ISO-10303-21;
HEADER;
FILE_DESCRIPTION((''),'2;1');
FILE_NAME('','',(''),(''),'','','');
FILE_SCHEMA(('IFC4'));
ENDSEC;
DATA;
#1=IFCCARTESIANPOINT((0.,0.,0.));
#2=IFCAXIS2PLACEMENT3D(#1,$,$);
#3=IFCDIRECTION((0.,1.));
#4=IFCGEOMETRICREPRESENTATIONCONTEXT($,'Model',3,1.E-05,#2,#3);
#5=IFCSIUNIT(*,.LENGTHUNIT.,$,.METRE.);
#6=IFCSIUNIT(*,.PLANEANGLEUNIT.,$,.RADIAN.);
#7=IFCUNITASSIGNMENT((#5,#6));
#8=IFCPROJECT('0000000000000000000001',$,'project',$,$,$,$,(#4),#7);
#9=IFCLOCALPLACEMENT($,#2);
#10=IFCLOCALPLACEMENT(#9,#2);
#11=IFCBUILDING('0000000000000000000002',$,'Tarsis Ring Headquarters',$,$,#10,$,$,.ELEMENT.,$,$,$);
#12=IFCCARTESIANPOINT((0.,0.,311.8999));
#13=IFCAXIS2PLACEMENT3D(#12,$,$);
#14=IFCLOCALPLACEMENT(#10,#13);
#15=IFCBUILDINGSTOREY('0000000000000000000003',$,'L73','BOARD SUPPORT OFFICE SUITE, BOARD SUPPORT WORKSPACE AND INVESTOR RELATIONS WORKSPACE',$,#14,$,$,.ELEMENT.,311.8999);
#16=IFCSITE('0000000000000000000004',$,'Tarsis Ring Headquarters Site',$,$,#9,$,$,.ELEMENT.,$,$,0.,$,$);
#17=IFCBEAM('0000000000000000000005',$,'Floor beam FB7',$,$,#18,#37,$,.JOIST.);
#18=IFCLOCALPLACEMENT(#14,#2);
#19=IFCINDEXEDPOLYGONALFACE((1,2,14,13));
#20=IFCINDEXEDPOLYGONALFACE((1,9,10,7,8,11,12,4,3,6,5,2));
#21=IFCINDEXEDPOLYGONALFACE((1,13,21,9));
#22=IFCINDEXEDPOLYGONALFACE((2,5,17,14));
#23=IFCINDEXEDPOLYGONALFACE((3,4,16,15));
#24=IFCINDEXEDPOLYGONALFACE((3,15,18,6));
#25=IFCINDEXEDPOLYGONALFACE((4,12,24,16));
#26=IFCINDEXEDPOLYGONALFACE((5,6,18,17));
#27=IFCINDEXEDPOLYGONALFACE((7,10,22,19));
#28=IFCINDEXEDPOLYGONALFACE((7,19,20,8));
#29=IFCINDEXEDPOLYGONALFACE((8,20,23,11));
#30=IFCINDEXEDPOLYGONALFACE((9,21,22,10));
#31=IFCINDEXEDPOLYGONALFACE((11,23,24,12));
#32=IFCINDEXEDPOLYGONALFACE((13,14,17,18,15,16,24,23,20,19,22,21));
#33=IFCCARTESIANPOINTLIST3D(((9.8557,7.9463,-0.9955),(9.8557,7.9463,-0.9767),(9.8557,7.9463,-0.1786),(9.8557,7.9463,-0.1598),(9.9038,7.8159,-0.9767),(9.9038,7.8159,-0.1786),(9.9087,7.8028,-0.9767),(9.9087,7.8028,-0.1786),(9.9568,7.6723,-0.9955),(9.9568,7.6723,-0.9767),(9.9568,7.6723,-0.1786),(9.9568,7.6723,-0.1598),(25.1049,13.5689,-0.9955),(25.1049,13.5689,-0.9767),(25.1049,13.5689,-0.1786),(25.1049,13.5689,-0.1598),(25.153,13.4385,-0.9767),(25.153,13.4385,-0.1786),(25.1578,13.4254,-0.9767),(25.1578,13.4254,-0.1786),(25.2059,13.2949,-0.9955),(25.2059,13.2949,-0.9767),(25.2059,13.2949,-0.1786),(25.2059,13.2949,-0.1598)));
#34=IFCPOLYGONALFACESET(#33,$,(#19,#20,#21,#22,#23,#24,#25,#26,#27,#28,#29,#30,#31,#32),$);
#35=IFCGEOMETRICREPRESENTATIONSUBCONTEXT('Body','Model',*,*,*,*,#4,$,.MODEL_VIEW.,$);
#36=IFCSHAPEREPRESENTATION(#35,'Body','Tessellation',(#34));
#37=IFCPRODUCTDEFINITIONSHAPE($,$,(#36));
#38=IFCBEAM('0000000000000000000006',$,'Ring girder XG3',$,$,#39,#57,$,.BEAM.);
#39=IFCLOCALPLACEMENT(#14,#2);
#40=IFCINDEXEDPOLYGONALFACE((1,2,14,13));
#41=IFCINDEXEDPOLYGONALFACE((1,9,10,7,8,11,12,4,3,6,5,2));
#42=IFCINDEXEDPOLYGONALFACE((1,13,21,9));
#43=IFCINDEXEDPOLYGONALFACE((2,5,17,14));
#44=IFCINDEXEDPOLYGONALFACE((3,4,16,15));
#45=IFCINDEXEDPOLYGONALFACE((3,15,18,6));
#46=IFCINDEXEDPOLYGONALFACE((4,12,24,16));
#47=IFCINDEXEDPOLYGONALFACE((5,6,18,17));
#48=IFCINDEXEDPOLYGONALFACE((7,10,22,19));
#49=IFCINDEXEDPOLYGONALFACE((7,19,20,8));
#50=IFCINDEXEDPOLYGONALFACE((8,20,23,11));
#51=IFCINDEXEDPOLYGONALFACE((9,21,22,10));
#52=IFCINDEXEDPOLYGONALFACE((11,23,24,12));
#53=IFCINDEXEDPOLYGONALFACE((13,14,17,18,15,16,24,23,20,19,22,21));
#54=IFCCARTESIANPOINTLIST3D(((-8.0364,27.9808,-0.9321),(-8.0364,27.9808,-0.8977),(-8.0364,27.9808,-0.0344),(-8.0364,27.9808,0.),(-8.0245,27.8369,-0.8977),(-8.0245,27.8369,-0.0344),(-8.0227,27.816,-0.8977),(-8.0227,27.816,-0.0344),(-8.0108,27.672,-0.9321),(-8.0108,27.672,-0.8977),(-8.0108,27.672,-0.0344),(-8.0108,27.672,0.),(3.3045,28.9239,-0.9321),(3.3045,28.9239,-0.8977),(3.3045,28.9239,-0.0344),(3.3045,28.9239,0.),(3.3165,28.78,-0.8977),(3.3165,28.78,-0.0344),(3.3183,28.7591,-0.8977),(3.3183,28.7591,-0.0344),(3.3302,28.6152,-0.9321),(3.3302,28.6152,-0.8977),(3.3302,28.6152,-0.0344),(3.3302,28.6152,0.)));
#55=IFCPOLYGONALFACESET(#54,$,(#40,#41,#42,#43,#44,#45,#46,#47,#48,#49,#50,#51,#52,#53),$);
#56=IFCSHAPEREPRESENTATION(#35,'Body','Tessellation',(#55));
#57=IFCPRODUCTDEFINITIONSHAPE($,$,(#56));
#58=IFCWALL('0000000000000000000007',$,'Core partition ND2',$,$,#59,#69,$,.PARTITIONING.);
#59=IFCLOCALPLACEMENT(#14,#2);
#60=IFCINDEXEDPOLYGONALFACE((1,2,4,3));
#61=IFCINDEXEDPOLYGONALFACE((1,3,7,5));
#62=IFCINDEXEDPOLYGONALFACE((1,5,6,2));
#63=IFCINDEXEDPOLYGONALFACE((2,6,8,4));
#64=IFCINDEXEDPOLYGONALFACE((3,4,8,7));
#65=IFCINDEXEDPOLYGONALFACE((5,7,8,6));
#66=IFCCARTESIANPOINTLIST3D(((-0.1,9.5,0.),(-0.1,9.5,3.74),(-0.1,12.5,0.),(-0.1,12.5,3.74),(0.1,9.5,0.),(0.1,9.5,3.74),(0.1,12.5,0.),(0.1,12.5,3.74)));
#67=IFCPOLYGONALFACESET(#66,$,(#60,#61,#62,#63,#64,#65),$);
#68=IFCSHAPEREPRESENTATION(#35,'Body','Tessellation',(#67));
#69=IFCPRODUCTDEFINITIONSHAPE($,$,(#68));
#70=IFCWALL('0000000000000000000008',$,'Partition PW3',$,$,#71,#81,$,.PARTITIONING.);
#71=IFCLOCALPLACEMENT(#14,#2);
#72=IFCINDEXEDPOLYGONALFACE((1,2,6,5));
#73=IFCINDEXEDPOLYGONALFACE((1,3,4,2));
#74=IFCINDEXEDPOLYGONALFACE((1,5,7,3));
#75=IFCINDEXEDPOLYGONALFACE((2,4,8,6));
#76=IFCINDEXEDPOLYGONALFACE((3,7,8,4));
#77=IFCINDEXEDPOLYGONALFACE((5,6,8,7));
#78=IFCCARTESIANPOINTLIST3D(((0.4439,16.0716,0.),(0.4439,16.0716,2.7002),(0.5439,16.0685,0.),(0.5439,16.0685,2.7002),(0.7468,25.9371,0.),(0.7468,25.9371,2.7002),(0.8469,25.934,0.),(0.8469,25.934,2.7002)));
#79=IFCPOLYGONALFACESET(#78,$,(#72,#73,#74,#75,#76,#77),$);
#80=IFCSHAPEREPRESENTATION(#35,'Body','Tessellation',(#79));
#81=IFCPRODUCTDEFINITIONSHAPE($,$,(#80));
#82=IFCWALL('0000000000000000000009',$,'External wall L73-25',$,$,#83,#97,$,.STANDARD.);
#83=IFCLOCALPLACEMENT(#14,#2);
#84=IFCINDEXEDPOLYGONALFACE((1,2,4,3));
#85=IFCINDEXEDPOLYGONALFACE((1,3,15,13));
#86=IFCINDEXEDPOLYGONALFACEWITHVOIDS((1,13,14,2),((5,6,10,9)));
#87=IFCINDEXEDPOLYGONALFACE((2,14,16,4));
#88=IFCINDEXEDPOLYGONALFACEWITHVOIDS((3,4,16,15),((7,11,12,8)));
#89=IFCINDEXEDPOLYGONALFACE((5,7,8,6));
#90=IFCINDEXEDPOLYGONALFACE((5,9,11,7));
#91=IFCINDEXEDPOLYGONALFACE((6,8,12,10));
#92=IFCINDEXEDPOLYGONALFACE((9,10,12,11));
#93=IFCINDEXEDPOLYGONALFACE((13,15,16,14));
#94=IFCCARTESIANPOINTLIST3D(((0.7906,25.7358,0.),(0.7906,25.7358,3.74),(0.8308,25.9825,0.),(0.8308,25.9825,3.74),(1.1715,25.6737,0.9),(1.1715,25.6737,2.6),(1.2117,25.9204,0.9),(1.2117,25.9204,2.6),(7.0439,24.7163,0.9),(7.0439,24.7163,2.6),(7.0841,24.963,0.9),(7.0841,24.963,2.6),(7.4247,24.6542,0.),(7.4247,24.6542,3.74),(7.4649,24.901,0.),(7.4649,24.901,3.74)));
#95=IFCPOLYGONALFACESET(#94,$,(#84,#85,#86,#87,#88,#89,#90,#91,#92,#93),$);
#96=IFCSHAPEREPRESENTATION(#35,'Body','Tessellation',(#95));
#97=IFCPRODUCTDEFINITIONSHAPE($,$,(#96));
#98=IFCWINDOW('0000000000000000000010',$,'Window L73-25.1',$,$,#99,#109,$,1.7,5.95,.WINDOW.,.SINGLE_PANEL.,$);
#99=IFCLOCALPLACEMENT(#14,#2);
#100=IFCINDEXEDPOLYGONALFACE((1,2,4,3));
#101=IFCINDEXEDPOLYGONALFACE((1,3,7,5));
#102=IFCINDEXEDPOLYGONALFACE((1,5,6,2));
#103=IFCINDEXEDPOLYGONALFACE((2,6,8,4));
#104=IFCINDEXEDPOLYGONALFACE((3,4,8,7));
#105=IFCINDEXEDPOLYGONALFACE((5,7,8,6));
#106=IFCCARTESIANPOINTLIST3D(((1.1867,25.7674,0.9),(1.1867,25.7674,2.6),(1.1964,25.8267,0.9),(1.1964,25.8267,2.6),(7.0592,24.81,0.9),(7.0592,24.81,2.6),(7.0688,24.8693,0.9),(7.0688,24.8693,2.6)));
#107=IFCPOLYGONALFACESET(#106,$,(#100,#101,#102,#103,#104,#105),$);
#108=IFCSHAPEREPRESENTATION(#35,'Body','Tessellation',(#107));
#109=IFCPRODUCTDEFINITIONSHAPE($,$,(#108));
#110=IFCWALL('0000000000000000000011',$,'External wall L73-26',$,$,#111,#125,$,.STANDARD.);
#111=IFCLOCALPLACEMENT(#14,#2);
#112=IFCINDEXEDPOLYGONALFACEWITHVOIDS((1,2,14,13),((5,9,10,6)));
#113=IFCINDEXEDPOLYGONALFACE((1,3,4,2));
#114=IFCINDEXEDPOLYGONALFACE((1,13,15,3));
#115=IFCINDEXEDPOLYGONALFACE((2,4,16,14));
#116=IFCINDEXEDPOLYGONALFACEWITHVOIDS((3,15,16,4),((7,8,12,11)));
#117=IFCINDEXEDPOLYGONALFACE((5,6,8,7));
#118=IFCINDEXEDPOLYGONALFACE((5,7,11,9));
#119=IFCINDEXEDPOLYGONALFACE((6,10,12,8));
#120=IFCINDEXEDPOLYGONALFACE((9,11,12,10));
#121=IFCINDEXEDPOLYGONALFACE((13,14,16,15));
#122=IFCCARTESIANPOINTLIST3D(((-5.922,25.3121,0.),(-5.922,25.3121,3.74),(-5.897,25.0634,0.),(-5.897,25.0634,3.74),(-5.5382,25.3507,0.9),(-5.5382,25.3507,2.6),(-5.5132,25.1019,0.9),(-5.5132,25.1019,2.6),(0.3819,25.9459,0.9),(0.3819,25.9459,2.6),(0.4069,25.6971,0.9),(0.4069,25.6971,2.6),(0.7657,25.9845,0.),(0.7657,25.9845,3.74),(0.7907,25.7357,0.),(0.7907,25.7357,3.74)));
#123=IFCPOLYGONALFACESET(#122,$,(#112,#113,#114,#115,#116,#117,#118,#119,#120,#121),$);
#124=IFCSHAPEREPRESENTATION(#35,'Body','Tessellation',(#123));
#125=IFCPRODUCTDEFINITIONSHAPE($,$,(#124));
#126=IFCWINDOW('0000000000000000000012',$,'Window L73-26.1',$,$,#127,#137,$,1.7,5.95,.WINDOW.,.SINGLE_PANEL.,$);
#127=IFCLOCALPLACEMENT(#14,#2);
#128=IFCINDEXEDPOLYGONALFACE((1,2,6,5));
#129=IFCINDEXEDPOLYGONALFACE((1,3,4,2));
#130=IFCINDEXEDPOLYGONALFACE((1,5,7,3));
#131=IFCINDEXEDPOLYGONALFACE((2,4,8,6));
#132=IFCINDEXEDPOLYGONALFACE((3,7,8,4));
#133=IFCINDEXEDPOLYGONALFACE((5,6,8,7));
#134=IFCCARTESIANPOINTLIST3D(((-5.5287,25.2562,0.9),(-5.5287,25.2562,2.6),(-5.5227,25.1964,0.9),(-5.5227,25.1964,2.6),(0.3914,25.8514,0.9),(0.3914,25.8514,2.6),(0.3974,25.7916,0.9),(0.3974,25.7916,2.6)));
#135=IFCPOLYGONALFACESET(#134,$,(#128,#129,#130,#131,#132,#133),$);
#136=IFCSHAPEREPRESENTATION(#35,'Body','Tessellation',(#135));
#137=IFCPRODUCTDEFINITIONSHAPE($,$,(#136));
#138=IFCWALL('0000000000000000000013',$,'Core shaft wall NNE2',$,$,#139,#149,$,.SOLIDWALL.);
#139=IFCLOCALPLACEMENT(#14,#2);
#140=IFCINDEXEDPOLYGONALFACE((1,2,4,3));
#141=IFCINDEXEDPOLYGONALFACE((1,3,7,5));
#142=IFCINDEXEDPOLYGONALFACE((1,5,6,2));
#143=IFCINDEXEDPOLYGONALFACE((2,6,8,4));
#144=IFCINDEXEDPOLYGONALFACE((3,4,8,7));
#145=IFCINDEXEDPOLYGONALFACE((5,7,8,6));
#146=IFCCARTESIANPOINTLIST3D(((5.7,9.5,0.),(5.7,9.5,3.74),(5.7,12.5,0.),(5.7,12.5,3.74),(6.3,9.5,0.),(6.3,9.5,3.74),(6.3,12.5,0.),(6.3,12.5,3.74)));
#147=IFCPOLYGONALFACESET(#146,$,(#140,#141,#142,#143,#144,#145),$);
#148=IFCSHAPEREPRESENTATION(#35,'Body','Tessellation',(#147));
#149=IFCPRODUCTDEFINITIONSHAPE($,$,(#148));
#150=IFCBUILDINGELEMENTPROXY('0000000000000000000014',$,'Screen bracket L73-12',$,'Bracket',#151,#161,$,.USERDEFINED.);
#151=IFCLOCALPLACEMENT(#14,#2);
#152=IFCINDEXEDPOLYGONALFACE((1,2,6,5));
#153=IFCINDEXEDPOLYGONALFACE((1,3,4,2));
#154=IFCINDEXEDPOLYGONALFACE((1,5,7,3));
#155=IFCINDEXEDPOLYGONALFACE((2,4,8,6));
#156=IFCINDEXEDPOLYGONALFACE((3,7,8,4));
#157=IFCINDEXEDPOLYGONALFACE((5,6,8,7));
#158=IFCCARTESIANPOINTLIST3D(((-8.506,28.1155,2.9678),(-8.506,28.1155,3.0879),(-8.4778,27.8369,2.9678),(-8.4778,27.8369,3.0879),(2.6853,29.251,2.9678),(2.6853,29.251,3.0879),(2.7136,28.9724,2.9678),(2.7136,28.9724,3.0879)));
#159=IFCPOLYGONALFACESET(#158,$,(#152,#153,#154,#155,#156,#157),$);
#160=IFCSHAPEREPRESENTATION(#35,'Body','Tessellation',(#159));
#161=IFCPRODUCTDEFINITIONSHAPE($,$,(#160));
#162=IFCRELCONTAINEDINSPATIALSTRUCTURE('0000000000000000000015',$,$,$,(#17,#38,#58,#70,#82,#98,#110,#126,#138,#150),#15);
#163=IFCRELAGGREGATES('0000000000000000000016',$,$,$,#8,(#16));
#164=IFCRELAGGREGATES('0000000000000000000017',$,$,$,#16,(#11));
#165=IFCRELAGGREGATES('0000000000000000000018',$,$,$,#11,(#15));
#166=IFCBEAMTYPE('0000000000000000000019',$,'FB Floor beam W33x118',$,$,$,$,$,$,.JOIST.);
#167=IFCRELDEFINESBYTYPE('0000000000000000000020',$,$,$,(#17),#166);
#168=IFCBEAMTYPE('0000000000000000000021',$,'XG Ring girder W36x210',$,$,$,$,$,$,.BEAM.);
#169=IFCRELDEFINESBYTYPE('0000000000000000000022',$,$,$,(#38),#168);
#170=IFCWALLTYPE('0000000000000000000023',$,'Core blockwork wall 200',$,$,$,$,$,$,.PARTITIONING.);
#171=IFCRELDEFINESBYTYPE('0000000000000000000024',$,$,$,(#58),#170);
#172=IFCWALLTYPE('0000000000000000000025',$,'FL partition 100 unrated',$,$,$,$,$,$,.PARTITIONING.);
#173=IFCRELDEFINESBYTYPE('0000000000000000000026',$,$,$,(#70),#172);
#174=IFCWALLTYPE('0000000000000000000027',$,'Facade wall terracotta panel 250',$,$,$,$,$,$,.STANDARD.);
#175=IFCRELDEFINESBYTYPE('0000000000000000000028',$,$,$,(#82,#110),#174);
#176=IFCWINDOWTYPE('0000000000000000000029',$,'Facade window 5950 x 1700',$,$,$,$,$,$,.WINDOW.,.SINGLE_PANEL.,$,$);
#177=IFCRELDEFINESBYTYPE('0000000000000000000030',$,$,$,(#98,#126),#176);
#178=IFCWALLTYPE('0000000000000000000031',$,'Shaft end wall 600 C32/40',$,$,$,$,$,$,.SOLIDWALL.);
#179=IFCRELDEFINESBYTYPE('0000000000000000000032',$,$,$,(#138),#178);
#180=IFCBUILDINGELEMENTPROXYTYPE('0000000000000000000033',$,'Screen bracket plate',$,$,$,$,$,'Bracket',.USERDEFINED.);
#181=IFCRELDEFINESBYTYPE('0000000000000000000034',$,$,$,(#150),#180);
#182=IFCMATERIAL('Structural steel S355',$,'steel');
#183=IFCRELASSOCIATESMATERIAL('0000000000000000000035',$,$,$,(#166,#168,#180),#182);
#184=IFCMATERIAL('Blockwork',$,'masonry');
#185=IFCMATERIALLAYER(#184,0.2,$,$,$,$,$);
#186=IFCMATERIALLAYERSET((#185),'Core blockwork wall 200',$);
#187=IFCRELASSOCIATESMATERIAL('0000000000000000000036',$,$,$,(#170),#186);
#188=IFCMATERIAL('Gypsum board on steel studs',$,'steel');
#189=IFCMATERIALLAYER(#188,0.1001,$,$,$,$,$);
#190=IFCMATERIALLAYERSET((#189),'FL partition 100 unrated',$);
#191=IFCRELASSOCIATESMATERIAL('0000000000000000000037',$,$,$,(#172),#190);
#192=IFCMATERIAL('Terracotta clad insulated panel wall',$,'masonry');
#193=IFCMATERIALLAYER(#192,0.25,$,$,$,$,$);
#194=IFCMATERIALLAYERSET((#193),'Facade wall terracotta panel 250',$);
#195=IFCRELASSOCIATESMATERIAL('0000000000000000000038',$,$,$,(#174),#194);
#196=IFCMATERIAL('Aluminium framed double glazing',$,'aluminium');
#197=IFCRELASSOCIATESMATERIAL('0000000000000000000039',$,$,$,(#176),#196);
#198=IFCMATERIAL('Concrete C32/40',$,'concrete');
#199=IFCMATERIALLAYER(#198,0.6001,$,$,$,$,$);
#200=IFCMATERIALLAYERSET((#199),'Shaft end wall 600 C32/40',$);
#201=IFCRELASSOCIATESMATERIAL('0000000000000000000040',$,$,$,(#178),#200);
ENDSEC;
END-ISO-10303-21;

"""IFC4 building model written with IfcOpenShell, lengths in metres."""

from ifc_helpers import new_model, si_unit, direction, frame, frame_2d, origin, origin_2d, place, context, subcontext, project, spatial, rectangle, i_section, extrude, material, layer, layer_set, material_profile, profile_set, type_object, element, fill, save


model = new_model("IFC4")

# Units and contexts
model_context = context("Model", 3, precision=1e-05, world=origin(), true_north=direction((0.0, 1.0)))
body_context = subcontext(model_context, "Body", "Model", "MODEL_VIEW")
ifc_project = project(units=[si_unit("LENGTHUNIT", "METRE"), si_unit("PLANEANGLEUNIT", "RADIAN")], contexts=[model_context])

# Site, building, storey
site_placement = place(None, origin())
site = spatial("IfcSite", under=ifc_project, at=site_placement, Name="Tarsis Ring Headquarters Site", CompositionType="ELEMENT", RefElevation=0.0)
building_placement = place(site_placement, origin())
building = spatial("IfcBuilding", under=site, at=building_placement, Name="Tarsis Ring Headquarters", CompositionType="ELEMENT")
storey_placement = place(building_placement, frame((0.0, 0.0, 311.8999)))
storey = spatial("IfcBuildingStorey", under=building, at=storey_placement, Name="L73", Description="BOARD SUPPORT OFFICE SUITE, BOARD SUPPORT WORKSPACE AND INVESTOR RELATIONS WORKSPACE", CompositionType="ELEMENT", Elevation=311.8999)

# Shared definitions
ifc_material_1 = material(Name="Structural steel S355", Category="steel")

# Beams
ifc_material_profile_1 = material_profile(ifc_material_1, i_section(OverallWidth=0.292, OverallDepth=0.8357, WebThickness=0.0139, FlangeThickness=0.0188, at=origin_2d()), Name="W33x118")
ifc_profile_set_1 = profile_set([ifc_material_profile_1], Name="Structural steel S355")
beam_type_1 = type_object("IfcBeamType", Name="FB Floor beam W33x118", PredefinedType="JOIST", material=ifc_profile_set_1)
beam_1_placement = place(storey_placement, frame((9.9062, 7.8093, -0.5776), z_axis=(0.938253, 0.345949, 0.0), x_axis=(-0.345949, 0.938253, 0.0)))
element("IfcBeam", 1, at=beam_1_placement, inside=storey, type_object=beam_type_1, Name="Floor beam FB7", PredefinedType="JOIST", context=body_context, shape_type="SweptSolid", body=[
    extrude(i_section(OverallWidth=0.292, OverallDepth=0.8357, WebThickness=0.0139, FlangeThickness=0.0188, at=origin_2d()), origin(), (0.0, 0.0, 1.0), 16.2527),
])
ifc_material_profile_2 = material_profile(ifc_material_1, i_section(OverallWidth=0.3098, OverallDepth=0.9321, WebThickness=0.021, FlangeThickness=0.0344, at=origin_2d()), Name="W36x210")
ifc_profile_set_2 = profile_set([ifc_material_profile_2], Name="Structural steel S355")
beam_type_2 = type_object("IfcBeamType", Name="XG Ring girder W36x210", PredefinedType="BEAM", material=ifc_profile_set_2)
beam_2_placement = place(storey_placement, frame((3.3174, 28.7695, -0.4661), z_axis=(-0.99656, -0.082873, 0.0), x_axis=(0.082873, -0.99656, 0.0)))
element("IfcBeam", 2, at=beam_2_placement, inside=storey, type_object=beam_type_2, Name="Ring girder XG3", PredefinedType="BEAM", context=body_context, shape_type="SweptSolid", body=[
    extrude(i_section(OverallWidth=0.3098, OverallDepth=0.9321, WebThickness=0.021, FlangeThickness=0.0344, at=origin_2d()), origin(), (0.0, 0.0, 1.0), 11.3801),
])

# Walls
ifc_material_2 = material(Name="Blockwork", Category="masonry")
ifc_layer_1 = layer(ifc_material_2, 0.2)
ifc_layer_set_1 = layer_set([ifc_layer_1], Name="Core blockwork wall 200")
wall_type_1 = type_object("IfcWallType", Name="Core blockwork wall 200", PredefinedType="PARTITIONING", material=ifc_layer_set_1)
wall_1_placement = place(storey_placement, frame((0.0, 9.5, 0.0), z_axis=(0.0, 0.0, 1.0), x_axis=(0.0, 1.0, 0.0)))
element("IfcWall", 3, at=wall_1_placement, inside=storey, type_object=wall_type_1, Name="Core partition ND2", PredefinedType="PARTITIONING", context=body_context, shape_type="SweptSolid", body=[
    extrude(rectangle(XDim=3.0, YDim=0.2, at=frame_2d((1.5, 0.0))), origin(), (0.0, 0.0, 1.0), 3.74),
])
ifc_material_3 = material(Name="Gypsum board on steel studs", Category="steel")
ifc_layer_2 = layer(ifc_material_3, 0.1001)
ifc_layer_set_2 = layer_set([ifc_layer_2], Name="FL partition 100 unrated")
wall_type_2 = type_object("IfcWallType", Name="FL partition 100 unrated", PredefinedType="PARTITIONING", material=ifc_layer_set_2)
wall_2_placement = place(storey_placement, frame((0.4939, 16.0701, 0.0), z_axis=(0.0, 0.0, 1.0), x_axis=(0.030697, 0.999529, 0.0)))
element("IfcWall", 4, at=wall_2_placement, inside=storey, type_object=wall_type_2, Name="Partition PW3", PredefinedType="PARTITIONING", context=body_context, shape_type="SweptSolid", body=[
    extrude(rectangle(XDim=9.8701, YDim=0.1001, at=frame_2d((4.9351, 0.0))), origin(), (0.0, 0.0, 1.0), 2.7002),
])

# Walls, openings, windows
ifc_material_4 = material(Name="Terracotta clad insulated panel wall", Category="masonry")
ifc_layer_3 = layer(ifc_material_4, 0.25)
ifc_layer_set_3 = layer_set([ifc_layer_3], Name="Facade wall terracotta panel 250")
wall_type_3 = type_object("IfcWallType", Name="Facade wall terracotta panel 250", PredefinedType="STANDARD", material=ifc_layer_set_3)
wall_3_placement = place(storey_placement, frame((7.4448, 24.7776, 0.0), z_axis=(0.0, 0.0, 1.0), x_axis=(-0.98697, 0.160905, 0.0)))
wall_3 = element("IfcWall", 5, at=wall_3_placement, inside=storey, type_object=wall_type_3, Name="External wall L73-25", PredefinedType="STANDARD", context=body_context, shape_type="SweptSolid", body=[
    extrude(rectangle(XDim=6.7217, YDim=0.25, at=frame_2d((3.3608, 0.0))), origin(), (0.0, 0.0, 1.0), 3.74),
])
opening_1_placement = place(wall_3_placement, frame((0.3857, 0.0, 0.8999)))
opening_1 = element("IfcOpeningElement", 6, at=opening_1_placement, cuts=wall_3, PredefinedType="OPENING", context=body_context, shape_type="SweptSolid", body=[
    extrude(rectangle(XDim=5.95, YDim=1.7, at=frame_2d((2.9751, 0.8501))), frame((0.0, 0.135, 0.0), z_axis=(0.0, -1.0, 0.0), x_axis=(1.0, 0.0, 0.0)), (0.0, 0.0, 1.0), 0.27),
])
ifc_material_5 = material(Name="Aluminium framed double glazing", Category="aluminium")
window_type = type_object("IfcWindowType", Name="Facade window 5950 x 1700", PartitioningType="SINGLE_PANEL", PredefinedType="WINDOW", material=ifc_material_5)
window_1_placement = place(opening_1_placement, origin())
window_1 = element("IfcWindow", 7, at=window_1_placement, inside=storey, type_object=window_type, Name="Window L73-25.1", OverallHeight=1.7, OverallWidth=5.95, PartitioningType="SINGLE_PANEL", PredefinedType="WINDOW", context=body_context, shape_type="SweptSolid", body=[
    extrude(rectangle(XDim=5.95, YDim=1.7, at=frame_2d((2.9751, 0.8501))), frame((0.0, 0.03, 0.0), z_axis=(0.0, -1.0, 0.0), x_axis=(1.0, 0.0, 0.0)), (0.0, 0.0, 1.0), 0.0601),
])
fill(opening_1, window_1)
wall_4_placement = place(storey_placement, frame((0.7783, 25.8601, 0.0), z_axis=(0.0, 0.0, 1.0), x_axis=(-0.994984, -0.100032, 0.0)))
wall_4 = element("IfcWall", 8, at=wall_4_placement, inside=storey, type_object=wall_type_3, Name="External wall L73-26", PredefinedType="STANDARD", context=body_context, shape_type="SweptSolid", body=[
    extrude(rectangle(XDim=6.7214, YDim=0.25, at=frame_2d((3.3608, 0.0))), origin(), (0.0, 0.0, 1.0), 3.74),
])
opening_2_placement = place(wall_4_placement, frame((0.3857, 0.0, 0.8999)))
opening_2 = element("IfcOpeningElement", 9, at=opening_2_placement, cuts=wall_4, PredefinedType="OPENING", context=body_context, shape_type="SweptSolid", body=[
    extrude(rectangle(XDim=5.95, YDim=1.7, at=frame_2d((2.9751, 0.8501))), frame((0.0, 0.135, 0.0), z_axis=(0.0, -1.0, 0.0), x_axis=(1.0, 0.0, 0.0)), (0.0, 0.0, 1.0), 0.27),
])
window_2_placement = place(opening_2_placement, origin())
window_2 = element("IfcWindow", 10, at=window_2_placement, inside=storey, type_object=window_type, Name="Window L73-26.1", OverallHeight=1.7, OverallWidth=5.95, PartitioningType="SINGLE_PANEL", PredefinedType="WINDOW", context=body_context, shape_type="SweptSolid", body=[
    extrude(rectangle(XDim=5.95, YDim=1.7, at=frame_2d((2.9751, 0.8501))), frame((0.0, 0.03, 0.0), z_axis=(0.0, -1.0, 0.0), x_axis=(1.0, 0.0, 0.0)), (0.0, 0.0, 1.0), 0.0601),
])
fill(opening_2, window_2)

# Wall
ifc_material_6 = material(Name="Concrete C32/40", Category="concrete")
ifc_layer_4 = layer(ifc_material_6, 0.6001)
ifc_layer_set_4 = layer_set([ifc_layer_4], Name="Shaft end wall 600 C32/40")
wall_type_4 = type_object("IfcWallType", Name="Shaft end wall 600 C32/40", PredefinedType="SOLIDWALL", material=ifc_layer_set_4)
wall_5_placement = place(storey_placement, frame((6.0, 9.5, 0.0), z_axis=(0.0, 0.0, 1.0), x_axis=(0.0, 1.0, 0.0)))
element("IfcWall", 11, at=wall_5_placement, inside=storey, type_object=wall_type_4, Name="Core shaft wall NNE2", PredefinedType="SOLIDWALL", context=body_context, shape_type="SweptSolid", body=[
    extrude(rectangle(XDim=3.0, YDim=0.6001, at=frame_2d((1.5, 0.0))), origin(), (0.0, 0.0, 1.0), 3.74),
])

# Building element proxy
building_element_proxy_type = type_object("IfcBuildingElementProxyType", Name="Screen bracket plate", ElementType="Bracket", PredefinedType="USERDEFINED", material=ifc_material_1)
proxy_placement = place(storey_placement, frame((-2.8962, 28.5439, 2.9678), z_axis=(0.0, 0.0, 1.0), x_axis=(-0.994892, -0.100948, 0.0)))
element("IfcBuildingElementProxy", 12, at=proxy_placement, inside=storey, type_object=building_element_proxy_type, Name="Screen bracket L73-12", ObjectType="Bracket", PredefinedType="USERDEFINED", context=body_context, shape_type="SweptSolid", body=[
    extrude(rectangle(XDim=11.2488, YDim=0.28, at=origin_2d()), origin(), (0.0, 0.0, 1.0), 0.1201),
])

save(model, "model.ifc")
